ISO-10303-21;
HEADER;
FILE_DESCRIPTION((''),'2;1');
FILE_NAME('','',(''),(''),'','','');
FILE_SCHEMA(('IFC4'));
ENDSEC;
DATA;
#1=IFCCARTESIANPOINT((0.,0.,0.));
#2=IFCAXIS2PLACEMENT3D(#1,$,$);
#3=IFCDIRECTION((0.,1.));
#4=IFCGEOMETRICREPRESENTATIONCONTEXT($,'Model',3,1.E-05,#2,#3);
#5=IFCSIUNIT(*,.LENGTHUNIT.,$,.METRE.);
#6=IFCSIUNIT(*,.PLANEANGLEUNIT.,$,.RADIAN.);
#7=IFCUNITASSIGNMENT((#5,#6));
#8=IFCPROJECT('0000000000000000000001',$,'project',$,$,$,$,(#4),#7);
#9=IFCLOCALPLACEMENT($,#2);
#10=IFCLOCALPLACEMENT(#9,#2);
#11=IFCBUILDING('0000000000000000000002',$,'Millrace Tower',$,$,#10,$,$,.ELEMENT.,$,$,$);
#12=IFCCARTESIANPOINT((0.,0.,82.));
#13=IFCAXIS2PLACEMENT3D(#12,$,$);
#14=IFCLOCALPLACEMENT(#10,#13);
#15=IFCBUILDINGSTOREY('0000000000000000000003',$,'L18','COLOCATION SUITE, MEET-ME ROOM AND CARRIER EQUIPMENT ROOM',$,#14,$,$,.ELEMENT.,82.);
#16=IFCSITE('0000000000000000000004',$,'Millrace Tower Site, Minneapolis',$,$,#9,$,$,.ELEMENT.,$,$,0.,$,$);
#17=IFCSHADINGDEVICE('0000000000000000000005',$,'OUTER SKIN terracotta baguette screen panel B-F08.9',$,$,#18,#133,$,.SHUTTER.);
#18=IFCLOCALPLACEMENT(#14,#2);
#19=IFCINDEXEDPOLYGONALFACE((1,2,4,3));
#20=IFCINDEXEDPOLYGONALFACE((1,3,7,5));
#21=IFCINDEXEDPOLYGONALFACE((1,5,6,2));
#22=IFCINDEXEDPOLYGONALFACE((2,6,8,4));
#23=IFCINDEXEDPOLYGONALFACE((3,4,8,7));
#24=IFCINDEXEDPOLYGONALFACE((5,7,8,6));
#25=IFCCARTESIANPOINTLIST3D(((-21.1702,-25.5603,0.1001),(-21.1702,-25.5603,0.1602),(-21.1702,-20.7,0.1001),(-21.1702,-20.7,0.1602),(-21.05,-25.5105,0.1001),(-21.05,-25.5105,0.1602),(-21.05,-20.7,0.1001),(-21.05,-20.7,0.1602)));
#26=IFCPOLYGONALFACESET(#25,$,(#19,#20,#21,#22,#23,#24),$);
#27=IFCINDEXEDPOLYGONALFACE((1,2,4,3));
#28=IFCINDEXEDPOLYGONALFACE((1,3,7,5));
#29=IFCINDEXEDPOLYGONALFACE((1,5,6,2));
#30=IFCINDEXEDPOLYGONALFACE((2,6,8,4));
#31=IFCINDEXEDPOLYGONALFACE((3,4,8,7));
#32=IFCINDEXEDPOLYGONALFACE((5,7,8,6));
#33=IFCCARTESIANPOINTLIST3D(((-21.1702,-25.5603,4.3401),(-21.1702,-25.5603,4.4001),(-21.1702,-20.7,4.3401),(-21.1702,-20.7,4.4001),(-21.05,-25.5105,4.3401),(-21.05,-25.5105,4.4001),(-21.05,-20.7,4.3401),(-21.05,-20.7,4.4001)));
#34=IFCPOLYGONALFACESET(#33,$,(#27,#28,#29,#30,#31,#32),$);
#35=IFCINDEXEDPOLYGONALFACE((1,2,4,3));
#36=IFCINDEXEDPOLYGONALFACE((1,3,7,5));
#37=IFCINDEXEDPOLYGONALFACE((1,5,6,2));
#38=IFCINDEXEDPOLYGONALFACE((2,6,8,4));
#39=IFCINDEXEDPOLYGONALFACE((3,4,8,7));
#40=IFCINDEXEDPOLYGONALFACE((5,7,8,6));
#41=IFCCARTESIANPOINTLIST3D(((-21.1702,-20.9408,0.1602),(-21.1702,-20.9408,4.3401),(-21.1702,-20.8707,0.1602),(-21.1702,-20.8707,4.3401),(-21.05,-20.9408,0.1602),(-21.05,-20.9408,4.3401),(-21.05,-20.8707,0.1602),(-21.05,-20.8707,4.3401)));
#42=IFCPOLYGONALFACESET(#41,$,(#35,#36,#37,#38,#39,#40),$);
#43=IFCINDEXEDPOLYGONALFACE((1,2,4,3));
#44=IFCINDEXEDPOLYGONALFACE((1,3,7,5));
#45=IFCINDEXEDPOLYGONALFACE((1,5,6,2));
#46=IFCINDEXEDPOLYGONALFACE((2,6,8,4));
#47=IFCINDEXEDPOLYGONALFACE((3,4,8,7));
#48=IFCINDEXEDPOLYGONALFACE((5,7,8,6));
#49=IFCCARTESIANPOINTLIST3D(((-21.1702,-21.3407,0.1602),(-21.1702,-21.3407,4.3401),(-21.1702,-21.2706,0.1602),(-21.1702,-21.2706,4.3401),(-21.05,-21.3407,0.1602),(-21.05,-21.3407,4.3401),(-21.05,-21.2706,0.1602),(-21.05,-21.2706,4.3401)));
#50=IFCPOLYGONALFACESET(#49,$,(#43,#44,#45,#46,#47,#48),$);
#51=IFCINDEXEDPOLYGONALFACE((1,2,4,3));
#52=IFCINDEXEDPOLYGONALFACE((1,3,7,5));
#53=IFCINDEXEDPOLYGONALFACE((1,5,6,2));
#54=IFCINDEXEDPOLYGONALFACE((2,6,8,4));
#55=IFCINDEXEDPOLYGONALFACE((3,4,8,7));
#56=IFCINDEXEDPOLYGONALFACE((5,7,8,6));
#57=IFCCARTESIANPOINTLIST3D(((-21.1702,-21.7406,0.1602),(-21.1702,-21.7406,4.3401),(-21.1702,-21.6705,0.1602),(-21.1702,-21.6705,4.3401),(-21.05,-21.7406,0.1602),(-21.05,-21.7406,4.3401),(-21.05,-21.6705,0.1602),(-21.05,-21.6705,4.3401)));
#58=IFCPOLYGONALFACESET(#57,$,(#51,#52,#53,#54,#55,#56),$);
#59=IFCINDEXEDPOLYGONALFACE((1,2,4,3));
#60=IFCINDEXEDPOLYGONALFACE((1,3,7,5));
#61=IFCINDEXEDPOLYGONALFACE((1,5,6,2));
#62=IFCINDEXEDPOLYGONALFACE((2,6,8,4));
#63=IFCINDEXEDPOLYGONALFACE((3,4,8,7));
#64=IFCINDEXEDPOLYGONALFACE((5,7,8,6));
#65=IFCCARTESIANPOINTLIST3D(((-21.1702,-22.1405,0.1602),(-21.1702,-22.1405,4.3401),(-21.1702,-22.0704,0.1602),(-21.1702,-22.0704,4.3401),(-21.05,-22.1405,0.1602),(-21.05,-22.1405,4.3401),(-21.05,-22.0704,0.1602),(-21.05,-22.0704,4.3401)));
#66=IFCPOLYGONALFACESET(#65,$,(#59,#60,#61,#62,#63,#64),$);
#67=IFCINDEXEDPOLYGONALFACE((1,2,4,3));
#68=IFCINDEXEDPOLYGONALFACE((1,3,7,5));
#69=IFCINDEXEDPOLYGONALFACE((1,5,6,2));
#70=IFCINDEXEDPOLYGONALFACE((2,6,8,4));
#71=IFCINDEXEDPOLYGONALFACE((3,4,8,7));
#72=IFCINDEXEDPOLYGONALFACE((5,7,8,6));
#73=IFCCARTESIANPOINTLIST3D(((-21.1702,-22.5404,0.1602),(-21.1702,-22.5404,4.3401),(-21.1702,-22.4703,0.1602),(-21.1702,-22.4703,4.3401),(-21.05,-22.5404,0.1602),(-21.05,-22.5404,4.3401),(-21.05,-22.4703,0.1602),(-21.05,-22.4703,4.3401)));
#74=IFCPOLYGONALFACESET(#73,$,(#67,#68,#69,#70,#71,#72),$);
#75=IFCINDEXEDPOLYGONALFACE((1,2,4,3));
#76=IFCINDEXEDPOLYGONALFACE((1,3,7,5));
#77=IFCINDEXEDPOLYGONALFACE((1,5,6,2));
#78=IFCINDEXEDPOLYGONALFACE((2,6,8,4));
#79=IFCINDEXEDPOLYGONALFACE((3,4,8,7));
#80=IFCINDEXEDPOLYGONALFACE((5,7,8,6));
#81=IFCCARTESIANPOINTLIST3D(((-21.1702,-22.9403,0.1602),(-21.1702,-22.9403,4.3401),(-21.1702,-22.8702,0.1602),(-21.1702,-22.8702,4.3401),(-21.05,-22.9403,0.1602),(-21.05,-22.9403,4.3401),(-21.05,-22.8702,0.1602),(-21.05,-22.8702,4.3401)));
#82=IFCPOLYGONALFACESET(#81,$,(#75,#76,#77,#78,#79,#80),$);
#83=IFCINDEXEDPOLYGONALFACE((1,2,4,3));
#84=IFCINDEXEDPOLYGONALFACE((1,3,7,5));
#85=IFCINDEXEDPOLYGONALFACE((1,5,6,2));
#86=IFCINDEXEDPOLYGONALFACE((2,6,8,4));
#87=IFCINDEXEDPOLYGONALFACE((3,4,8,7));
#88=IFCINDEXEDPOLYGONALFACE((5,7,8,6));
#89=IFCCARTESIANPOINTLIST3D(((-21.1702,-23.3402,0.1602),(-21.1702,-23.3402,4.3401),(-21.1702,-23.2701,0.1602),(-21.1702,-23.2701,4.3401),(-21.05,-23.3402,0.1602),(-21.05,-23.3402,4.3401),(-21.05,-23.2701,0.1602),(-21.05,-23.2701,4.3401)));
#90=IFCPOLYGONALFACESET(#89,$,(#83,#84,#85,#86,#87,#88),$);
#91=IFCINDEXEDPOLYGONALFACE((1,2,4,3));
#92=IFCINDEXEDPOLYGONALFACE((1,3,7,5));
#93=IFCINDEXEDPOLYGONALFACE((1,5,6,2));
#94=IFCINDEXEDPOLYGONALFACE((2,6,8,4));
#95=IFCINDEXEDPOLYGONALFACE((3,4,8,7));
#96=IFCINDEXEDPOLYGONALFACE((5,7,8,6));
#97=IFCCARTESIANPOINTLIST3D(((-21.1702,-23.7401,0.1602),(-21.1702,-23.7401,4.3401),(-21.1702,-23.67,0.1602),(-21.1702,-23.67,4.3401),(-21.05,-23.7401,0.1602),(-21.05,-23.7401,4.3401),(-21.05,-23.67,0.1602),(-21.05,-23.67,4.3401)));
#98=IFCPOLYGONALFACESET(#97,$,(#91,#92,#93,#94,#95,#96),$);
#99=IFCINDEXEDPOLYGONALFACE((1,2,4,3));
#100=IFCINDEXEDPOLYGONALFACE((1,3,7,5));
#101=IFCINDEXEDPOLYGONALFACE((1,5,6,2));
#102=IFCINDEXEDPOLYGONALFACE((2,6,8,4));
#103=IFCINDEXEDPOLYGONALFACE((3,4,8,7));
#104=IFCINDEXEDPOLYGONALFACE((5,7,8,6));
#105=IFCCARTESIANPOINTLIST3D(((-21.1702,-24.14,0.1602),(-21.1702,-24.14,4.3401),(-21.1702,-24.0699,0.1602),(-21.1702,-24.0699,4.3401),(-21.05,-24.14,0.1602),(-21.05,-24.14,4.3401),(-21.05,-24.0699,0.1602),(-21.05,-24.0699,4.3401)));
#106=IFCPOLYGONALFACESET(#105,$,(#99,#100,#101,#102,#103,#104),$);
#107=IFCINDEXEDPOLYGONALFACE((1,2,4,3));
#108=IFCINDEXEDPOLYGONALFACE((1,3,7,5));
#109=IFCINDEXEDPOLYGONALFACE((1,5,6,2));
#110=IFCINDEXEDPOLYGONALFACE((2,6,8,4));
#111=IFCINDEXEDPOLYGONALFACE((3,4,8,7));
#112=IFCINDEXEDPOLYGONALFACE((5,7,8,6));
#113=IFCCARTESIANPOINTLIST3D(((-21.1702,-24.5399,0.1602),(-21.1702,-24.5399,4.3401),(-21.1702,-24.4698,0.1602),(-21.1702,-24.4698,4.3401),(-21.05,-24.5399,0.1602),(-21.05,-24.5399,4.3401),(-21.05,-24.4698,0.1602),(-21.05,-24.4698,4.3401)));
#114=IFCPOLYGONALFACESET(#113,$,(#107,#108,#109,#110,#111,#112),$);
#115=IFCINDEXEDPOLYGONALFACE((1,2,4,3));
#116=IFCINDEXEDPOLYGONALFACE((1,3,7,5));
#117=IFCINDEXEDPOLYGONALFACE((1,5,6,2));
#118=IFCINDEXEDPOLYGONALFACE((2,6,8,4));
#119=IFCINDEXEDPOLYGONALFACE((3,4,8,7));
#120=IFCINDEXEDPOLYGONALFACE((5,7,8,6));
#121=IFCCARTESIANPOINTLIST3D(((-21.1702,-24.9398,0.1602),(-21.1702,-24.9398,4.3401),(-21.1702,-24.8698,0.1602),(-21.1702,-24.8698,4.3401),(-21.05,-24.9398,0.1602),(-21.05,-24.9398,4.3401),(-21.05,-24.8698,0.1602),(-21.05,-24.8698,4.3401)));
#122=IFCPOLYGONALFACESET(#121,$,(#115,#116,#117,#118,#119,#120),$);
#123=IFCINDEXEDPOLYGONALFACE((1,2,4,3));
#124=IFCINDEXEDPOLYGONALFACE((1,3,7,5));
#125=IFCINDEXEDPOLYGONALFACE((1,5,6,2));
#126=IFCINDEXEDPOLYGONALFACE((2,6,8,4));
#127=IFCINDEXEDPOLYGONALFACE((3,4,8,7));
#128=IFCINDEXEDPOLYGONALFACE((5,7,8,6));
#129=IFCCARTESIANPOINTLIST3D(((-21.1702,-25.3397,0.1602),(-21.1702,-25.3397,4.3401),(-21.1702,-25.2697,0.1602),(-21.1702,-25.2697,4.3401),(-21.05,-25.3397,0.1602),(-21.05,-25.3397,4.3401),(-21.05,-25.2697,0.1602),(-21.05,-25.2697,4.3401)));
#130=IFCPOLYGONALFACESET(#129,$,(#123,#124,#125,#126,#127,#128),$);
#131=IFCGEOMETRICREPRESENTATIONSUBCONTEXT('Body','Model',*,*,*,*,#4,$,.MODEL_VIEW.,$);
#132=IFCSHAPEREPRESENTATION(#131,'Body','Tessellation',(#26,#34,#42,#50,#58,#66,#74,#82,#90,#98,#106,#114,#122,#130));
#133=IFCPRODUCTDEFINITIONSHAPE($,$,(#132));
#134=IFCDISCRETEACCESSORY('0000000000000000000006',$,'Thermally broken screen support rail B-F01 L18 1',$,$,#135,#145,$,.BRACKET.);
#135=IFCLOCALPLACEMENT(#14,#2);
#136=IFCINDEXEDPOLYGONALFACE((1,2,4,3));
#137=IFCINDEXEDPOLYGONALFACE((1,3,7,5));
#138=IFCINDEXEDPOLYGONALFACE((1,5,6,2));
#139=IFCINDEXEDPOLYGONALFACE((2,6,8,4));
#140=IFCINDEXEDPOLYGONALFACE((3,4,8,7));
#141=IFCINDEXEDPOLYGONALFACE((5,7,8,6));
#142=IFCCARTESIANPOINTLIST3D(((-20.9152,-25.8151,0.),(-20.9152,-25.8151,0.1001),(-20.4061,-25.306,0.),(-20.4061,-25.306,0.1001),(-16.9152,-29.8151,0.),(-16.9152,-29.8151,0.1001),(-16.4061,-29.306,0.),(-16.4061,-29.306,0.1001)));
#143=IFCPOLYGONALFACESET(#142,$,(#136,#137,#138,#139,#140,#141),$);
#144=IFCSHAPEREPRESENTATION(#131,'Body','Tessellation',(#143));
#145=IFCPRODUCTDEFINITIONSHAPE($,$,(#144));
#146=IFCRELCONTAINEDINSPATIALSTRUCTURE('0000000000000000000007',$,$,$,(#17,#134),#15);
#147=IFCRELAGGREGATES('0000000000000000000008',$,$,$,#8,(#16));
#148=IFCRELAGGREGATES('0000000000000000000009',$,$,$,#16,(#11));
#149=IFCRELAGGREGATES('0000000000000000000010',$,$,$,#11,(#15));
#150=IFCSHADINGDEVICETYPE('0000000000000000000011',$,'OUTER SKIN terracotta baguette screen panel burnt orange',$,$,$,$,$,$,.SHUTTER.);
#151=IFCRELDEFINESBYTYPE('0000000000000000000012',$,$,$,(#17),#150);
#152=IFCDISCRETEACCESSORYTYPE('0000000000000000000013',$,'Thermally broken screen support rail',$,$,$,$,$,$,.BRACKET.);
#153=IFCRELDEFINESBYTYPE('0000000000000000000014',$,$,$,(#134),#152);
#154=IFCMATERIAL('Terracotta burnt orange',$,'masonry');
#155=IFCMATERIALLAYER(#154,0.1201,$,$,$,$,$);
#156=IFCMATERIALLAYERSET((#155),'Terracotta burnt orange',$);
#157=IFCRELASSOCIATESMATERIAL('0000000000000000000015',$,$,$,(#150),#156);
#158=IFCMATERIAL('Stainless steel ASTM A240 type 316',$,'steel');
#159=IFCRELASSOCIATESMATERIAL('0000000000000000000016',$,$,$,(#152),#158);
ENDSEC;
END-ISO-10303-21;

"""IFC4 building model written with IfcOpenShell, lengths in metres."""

from ifc_helpers import new_model, entity, si_unit, direction, frame, frame_2d, origin, origin_2d, place, context, subcontext, project, spatial, rectangle, extrude, source, transform, mapped, material, layer, layer_set, type_object, element, save


model = new_model("IFC4")

# Units and contexts
model_context = context("Model", 3, precision=1e-05, world=origin(), true_north=direction((0.0, 1.0)))
body_context = subcontext(model_context, "Body", "Model", "MODEL_VIEW")
ifc_project = project(units=[si_unit("LENGTHUNIT", "METRE"), si_unit("PLANEANGLEUNIT", "RADIAN")], contexts=[model_context])

# Site, building, storey
site_placement = place(None, origin())
site = spatial("IfcSite", under=ifc_project, at=site_placement, Name="Millrace Tower Site, Minneapolis", CompositionType="ELEMENT", RefElevation=0.0)
building_placement = place(site_placement, origin())
building = spatial("IfcBuilding", under=site, at=building_placement, Name="Millrace Tower", CompositionType="ELEMENT")
storey_placement = place(building_placement, frame((0.0, 0.0, 82.0)))
storey = spatial("IfcBuildingStorey", under=building, at=storey_placement, Name="L18", Description="COLOCATION SUITE, MEET-ME ROOM AND CARRIER EQUIPMENT ROOM", CompositionType="ELEMENT", Elevation=82.0)

# Shading device
ifc_material_1 = material(Name="Terracotta burnt orange", Category="masonry")
ifc_layer_1 = layer(ifc_material_1, 0.1201)
ifc_layer_set_1 = layer_set([ifc_layer_1], Name="Terracotta burnt orange")
shading_device_type = type_object("IfcShadingDeviceType", Name="OUTER SKIN terracotta baguette screen panel burnt orange", PredefinedType="SHUTTER", material=ifc_layer_set_1)
cartesian_point_1 = entity("IfcCartesianPoint", [-2.4177, 0.0601])
shared_polyline_1 = entity("IfcPolyline", [cartesian_point_1, entity("IfcCartesianPoint", [2.3928, 0.0601]), entity("IfcCartesianPoint", [2.4426, -0.0601]), entity("IfcCartesianPoint", [-2.4177, -0.0601]), cartesian_point_1])
shared_shape_1 = source(origin(), body_context, "Body", "SweptSolid", [
    entity("IfcExtrudedAreaSolid", entity("IfcArbitraryClosedProfileDef", "AREA", None, shared_polyline_1), entity("IfcAxis2Placement3D", entity("IfcCartesianPoint", [0.0, 0.0, 0.0])), entity("IfcDirection", [0.0, 0.0, 1.0]), 0.0601),
    entity("IfcExtrudedAreaSolid", entity("IfcArbitraryClosedProfileDef", "AREA", None, shared_polyline_1), entity("IfcAxis2Placement3D", entity("IfcCartesianPoint", [0.0, 0.0, 4.24])), entity("IfcDirection", [0.0, 0.0, 1.0]), 0.0601),
    extrude(rectangle(XDim=0.0701, YDim=0.1201, at=frame_2d((-2.2119, 0.0))), frame((0.0, 0.0, 0.0601)), (0.0, 0.0, 1.0), 4.1799),
    extrude(rectangle(XDim=0.0701, YDim=0.1201, at=frame_2d((-1.812, 0.0))), frame((0.0, 0.0, 0.0601)), (0.0, 0.0, 1.0), 4.1799),
    extrude(rectangle(XDim=0.0701, YDim=0.1201, at=frame_2d((-1.4121, 0.0))), frame((0.0, 0.0, 0.0601)), (0.0, 0.0, 1.0), 4.1799),
    extrude(rectangle(XDim=0.0701, YDim=0.1201, at=frame_2d((-1.0122, 0.0))), frame((0.0, 0.0, 0.0601)), (0.0, 0.0, 1.0), 4.1799),
    extrude(rectangle(XDim=0.0701, YDim=0.1201, at=frame_2d((-0.6123, 0.0))), frame((0.0, 0.0, 0.0601)), (0.0, 0.0, 1.0), 4.1799),
    extrude(rectangle(XDim=0.0701, YDim=0.1201, at=frame_2d((-0.2124, 0.0))), frame((0.0, 0.0, 0.0601)), (0.0, 0.0, 1.0), 4.1799),
    extrude(rectangle(XDim=0.0701, YDim=0.1201, at=frame_2d((0.1875, 0.0))), frame((0.0, 0.0, 0.0601)), (0.0, 0.0, 1.0), 4.1799),
    extrude(rectangle(XDim=0.0701, YDim=0.1201, at=frame_2d((0.5874, 0.0))), frame((0.0, 0.0, 0.0601)), (0.0, 0.0, 1.0), 4.1799),
    extrude(rectangle(XDim=0.0701, YDim=0.1201, at=frame_2d((0.9873, 0.0))), frame((0.0, 0.0, 0.0601)), (0.0, 0.0, 1.0), 4.1799),
    extrude(rectangle(XDim=0.0701, YDim=0.1201, at=frame_2d((1.3872, 0.0))), frame((0.0, 0.0, 0.0601)), (0.0, 0.0, 1.0), 4.1799),
    extrude(rectangle(XDim=0.0701, YDim=0.1201, at=frame_2d((1.7871, 0.0))), frame((0.0, 0.0, 0.0601)), (0.0, 0.0, 1.0), 4.1799),
    extrude(rectangle(XDim=0.0701, YDim=0.1201, at=frame_2d((2.187, 0.0))), frame((0.0, 0.0, 0.0601)), (0.0, 0.0, 1.0), 4.1799),
])
shading_device_1_placement = place(storey_placement, frame((-21.1101, -23.1177, 0.1001), z_axis=(0.0, 0.0, 1.0), x_axis=(0.0, -1.0, 0.0)))
element("IfcShadingDevice", 1, at=shading_device_1_placement, inside=storey, type_object=shading_device_type, Name="OUTER SKIN terracotta baguette screen panel B-F08.9", PredefinedType="SHUTTER", context=body_context, shape_type="MappedRepresentation", body=[
    mapped(shared_shape_1, transform((0.0, 0.0, 0.0), scale=1.0)),
])

# Discrete accessory
ifc_material_2 = material(Name="Stainless steel ASTM A240 type 316", Category="steel")
discrete_accessory_type = type_object("IfcDiscreteAccessoryType", Name="Thermally broken screen support rail", PredefinedType="BRACKET", material=ifc_material_2)
discrete_accessory_placement = place(storey_placement, frame((-18.6606, -27.5605, 0.0), z_axis=(0.0, 0.0, 1.0), x_axis=(0.707107, -0.707107, 0.0)))
element("IfcDiscreteAccessory", 2, at=discrete_accessory_placement, inside=storey, type_object=discrete_accessory_type, Name="Thermally broken screen support rail B-F01 L18 1", PredefinedType="BRACKET", context=body_context, shape_type="SweptSolid", body=[
    extrude(rectangle(XDim=5.6567, YDim=0.72, at=origin_2d()), origin(), (0.0, 0.0, 1.0), 0.1001),
])

save(model, "model.ifc")
